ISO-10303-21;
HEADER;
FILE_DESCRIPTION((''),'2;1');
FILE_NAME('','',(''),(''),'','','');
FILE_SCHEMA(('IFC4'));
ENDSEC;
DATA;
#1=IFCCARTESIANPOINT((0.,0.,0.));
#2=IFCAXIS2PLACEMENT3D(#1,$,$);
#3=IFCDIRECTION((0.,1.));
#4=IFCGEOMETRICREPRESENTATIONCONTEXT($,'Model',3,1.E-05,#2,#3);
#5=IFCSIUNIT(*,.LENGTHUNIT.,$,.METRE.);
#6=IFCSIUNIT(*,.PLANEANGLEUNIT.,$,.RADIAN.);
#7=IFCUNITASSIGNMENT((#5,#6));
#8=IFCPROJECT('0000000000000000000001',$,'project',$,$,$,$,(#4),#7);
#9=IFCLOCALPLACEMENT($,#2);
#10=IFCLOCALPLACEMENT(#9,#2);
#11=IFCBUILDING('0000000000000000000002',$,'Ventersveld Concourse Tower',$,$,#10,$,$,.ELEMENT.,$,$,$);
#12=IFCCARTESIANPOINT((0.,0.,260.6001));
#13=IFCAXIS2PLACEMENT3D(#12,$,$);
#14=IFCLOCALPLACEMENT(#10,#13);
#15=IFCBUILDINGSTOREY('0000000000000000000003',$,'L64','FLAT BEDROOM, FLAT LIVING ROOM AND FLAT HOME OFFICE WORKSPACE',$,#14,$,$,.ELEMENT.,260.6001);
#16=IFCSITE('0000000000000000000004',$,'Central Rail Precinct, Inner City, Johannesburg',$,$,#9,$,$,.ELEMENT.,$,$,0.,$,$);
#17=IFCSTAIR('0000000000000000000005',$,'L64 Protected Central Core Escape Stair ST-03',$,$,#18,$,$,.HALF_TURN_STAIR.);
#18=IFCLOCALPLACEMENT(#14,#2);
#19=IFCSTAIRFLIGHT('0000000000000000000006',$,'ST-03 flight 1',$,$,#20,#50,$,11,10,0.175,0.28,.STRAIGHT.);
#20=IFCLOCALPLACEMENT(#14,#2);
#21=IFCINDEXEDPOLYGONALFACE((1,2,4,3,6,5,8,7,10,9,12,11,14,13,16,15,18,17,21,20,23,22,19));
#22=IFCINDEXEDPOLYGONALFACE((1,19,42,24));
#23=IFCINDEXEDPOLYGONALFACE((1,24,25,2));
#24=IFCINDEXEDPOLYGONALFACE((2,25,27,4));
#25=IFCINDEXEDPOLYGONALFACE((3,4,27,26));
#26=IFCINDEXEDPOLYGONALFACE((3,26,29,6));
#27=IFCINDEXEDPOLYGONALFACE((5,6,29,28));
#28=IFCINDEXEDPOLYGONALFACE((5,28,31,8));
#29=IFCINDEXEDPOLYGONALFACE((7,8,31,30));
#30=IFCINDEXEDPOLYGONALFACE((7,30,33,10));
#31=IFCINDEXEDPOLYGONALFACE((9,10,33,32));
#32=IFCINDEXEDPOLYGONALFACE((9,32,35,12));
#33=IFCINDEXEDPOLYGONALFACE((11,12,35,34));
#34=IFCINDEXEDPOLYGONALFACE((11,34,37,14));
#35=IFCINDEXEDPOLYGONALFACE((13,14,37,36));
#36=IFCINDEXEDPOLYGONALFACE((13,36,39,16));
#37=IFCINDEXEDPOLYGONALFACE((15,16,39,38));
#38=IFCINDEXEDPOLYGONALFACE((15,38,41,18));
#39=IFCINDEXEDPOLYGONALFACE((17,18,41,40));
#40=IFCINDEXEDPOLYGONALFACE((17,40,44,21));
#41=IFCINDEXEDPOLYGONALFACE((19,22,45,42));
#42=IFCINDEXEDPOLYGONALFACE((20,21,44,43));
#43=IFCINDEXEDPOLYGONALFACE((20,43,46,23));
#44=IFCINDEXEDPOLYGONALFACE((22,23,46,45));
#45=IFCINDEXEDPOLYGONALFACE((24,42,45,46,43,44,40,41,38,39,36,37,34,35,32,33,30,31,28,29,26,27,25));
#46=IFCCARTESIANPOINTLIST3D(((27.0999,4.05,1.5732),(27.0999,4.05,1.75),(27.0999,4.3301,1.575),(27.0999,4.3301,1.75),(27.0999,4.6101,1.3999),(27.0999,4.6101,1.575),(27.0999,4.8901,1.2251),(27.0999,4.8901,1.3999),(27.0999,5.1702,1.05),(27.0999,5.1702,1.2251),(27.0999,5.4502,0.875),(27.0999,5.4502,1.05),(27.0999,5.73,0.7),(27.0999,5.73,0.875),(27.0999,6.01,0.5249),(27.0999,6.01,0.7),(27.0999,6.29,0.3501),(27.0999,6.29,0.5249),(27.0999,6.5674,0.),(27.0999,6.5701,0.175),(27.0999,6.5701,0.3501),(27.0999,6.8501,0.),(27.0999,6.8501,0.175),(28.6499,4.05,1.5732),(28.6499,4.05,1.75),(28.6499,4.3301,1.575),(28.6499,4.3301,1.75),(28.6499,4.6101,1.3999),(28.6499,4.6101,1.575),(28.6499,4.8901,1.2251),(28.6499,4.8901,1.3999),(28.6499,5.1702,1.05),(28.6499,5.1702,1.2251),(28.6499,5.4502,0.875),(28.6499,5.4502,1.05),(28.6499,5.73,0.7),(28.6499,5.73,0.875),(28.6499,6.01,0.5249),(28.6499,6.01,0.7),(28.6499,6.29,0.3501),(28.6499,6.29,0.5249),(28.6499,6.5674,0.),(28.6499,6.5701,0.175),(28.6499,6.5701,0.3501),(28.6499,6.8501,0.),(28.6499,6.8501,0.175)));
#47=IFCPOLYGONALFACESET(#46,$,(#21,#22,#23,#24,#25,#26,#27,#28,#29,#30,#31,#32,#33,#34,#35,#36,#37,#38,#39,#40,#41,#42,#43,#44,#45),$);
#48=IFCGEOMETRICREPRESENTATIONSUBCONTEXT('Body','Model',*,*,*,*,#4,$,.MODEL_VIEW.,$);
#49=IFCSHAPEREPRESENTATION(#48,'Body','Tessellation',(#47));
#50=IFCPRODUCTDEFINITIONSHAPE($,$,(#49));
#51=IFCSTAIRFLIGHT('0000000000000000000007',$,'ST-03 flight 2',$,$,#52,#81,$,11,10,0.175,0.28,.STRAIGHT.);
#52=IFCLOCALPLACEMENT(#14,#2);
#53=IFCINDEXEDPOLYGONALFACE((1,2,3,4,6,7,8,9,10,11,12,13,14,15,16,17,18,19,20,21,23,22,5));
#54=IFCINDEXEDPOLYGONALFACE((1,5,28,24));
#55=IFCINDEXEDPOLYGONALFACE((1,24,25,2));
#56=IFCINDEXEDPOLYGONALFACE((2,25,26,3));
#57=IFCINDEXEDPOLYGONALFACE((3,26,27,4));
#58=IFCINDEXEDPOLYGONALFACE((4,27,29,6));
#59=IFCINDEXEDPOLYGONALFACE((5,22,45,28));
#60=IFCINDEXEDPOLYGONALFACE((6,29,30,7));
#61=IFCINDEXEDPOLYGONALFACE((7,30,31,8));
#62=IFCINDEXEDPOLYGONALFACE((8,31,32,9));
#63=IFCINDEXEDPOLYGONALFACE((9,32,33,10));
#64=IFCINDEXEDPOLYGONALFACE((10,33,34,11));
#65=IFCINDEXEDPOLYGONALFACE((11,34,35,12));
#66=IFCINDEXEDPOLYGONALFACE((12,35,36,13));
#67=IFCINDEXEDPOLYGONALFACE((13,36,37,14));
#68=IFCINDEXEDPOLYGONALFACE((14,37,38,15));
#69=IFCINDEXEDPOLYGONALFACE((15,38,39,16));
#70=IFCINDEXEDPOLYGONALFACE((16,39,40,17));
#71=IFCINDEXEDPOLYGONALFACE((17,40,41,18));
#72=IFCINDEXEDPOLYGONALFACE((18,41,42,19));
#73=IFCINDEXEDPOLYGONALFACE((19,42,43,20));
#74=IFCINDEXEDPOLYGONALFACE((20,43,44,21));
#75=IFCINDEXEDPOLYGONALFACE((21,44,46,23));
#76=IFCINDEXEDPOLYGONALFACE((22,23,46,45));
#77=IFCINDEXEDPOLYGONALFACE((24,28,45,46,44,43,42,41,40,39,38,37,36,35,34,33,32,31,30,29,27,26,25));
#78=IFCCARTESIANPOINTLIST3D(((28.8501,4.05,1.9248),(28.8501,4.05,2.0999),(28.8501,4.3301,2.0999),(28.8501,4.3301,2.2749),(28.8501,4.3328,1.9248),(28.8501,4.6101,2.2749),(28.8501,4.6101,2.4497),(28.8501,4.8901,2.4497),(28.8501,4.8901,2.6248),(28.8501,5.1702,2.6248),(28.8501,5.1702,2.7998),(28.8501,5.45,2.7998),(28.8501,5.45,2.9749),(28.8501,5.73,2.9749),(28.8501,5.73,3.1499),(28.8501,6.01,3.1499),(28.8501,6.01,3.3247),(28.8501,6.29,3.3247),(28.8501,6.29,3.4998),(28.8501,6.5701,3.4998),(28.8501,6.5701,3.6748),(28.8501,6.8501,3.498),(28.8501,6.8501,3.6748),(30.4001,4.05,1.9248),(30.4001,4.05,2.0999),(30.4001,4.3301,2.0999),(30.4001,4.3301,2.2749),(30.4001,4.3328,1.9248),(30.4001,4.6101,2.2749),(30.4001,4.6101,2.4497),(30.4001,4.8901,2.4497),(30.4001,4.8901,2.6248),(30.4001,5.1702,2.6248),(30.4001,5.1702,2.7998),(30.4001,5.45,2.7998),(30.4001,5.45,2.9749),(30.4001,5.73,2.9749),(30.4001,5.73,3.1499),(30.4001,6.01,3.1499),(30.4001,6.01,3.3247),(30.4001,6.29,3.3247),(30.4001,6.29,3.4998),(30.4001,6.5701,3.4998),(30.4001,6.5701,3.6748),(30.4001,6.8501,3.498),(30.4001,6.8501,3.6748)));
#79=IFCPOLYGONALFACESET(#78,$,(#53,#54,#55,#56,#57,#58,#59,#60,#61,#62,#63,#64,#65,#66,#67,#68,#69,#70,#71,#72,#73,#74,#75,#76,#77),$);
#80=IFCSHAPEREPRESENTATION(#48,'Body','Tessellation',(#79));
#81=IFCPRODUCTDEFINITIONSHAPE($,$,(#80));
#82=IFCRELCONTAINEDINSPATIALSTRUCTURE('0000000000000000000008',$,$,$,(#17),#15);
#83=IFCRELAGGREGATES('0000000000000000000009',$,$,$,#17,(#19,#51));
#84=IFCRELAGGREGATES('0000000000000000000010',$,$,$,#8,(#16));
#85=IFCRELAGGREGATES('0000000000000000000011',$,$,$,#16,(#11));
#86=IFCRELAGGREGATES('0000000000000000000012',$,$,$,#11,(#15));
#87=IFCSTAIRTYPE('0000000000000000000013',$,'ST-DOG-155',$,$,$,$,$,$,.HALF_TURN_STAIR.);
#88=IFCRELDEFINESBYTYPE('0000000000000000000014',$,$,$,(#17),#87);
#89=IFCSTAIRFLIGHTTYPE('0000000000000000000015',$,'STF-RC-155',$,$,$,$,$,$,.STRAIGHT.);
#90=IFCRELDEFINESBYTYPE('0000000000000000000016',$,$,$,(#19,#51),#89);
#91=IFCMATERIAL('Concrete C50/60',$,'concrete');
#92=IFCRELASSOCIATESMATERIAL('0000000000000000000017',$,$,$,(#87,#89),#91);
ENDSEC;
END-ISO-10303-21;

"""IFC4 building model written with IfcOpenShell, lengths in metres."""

from ifc_helpers import new_model, si_unit, direction, frame, origin, place, context, subcontext, project, spatial, polyline, outline, extrude, material, type_object, element, aggregate, save


model = new_model("IFC4")

# Units and contexts
model_context = context("Model", 3, precision=1e-05, world=origin(), true_north=direction((0.0, 1.0)))
body_context = subcontext(model_context, "Body", "Model", "MODEL_VIEW")
ifc_project = project(units=[si_unit("LENGTHUNIT", "METRE"), si_unit("PLANEANGLEUNIT", "RADIAN")], contexts=[model_context])

# Site, building, storey
site_placement = place(None, origin())
site = spatial("IfcSite", under=ifc_project, at=site_placement, Name="Central Rail Precinct, Inner City, Johannesburg", CompositionType="ELEMENT", RefElevation=0.0)
building_placement = place(site_placement, origin())
building = spatial("IfcBuilding", under=site, at=building_placement, Name="Ventersveld Concourse Tower", CompositionType="ELEMENT")
storey_placement = place(building_placement, frame((0.0, 0.0, 260.6001)))
storey = spatial("IfcBuildingStorey", under=building, at=storey_placement, Name="L64", Description="FLAT BEDROOM, FLAT LIVING ROOM AND FLAT HOME OFFICE WORKSPACE", CompositionType="ELEMENT", Elevation=260.6001)

# Shared definitions
ifc_material_1 = material(Name="Concrete C50/60", Category="concrete")

# Stair, stair flights
stair_type = type_object("IfcStairType", Name="ST-DOG-155", PredefinedType="HALF_TURN_STAIR", material=ifc_material_1)
stair_placement = place(storey_placement, origin())
stair = element("IfcStair", 1, at=stair_placement, inside=storey, type_object=stair_type, Name="L64 Protected Central Core Escape Stair ST-03", PredefinedType="HALF_TURN_STAIR")
stair_flight_type = type_object("IfcStairFlightType", Name="STF-RC-155", PredefinedType="STRAIGHT", material=ifc_material_1)
stair_flight_1_placement = place(storey_placement, frame((27.875, 6.8501, 0.0), z_axis=(0.0, 0.0, 1.0), x_axis=(0.0, -1.0, 0.0)))
stair_flight_1 = element("IfcStairFlight", 2, at=stair_flight_1_placement, type_object=stair_flight_type, Name="ST-03 flight 1", NumberOfRisers=11, NumberOfTreads=10, PredefinedType="STRAIGHT", RiserHeight=0.175, TreadLength=0.28, context=body_context, shape_type="SweptSolid", body=[
    extrude(outline(polyline([(0.0, 0.0), (0.0, 0.175), (0.28, 0.175), (0.28, 0.3501), (0.5601, 0.3501), (0.5601, 0.5249), (0.8401, 0.5249), (0.8401, 0.7), (1.1201, 0.7), (1.1201, 0.875), (1.3999, 0.875), (1.3999, 1.05), (1.6799, 1.05), (1.6799, 1.2251), (1.96, 1.2251), (1.96, 1.3999), (2.24, 1.3999), (2.24, 1.575), (2.52, 1.575), (2.52, 1.75), (2.8, 1.75), (2.8, 1.925), (2.8, 1.5732), (0.2827, 0.0), (0.0, 0.0)])), frame((0.0, 0.7749, 0.0), z_axis=(0.0, -1.0, 0.0), x_axis=(1.0, 0.0, 0.0)), (0.0, 0.0, 1.0), 1.55),
])
stair_flight_2_placement = place(storey_placement, frame((29.625, 4.05, 1.9248), z_axis=(0.0, 0.0, 1.0), x_axis=(0.0, 1.0, 0.0)))
stair_flight_2 = element("IfcStairFlight", 3, at=stair_flight_2_placement, type_object=stair_flight_type, Name="ST-03 flight 2", NumberOfRisers=11, NumberOfTreads=10, PredefinedType="STRAIGHT", RiserHeight=0.175, TreadLength=0.28, context=body_context, shape_type="SweptSolid", body=[
    extrude(outline(polyline([(0.0, 0.0), (0.0, 0.175), (0.28, 0.175), (0.28, 0.3501), (0.5601, 0.3501), (0.5601, 0.5249), (0.8401, 0.5249), (0.8401, 0.7), (1.1201, 0.7), (1.1201, 0.875), (1.3999, 0.875), (1.3999, 1.05), (1.6799, 1.05), (1.6799, 1.2251), (1.96, 1.2251), (1.96, 1.3999), (2.24, 1.3999), (2.24, 1.575), (2.52, 1.575), (2.52, 1.75), (2.8, 1.75), (2.8, 1.925), (2.8, 1.5732), (0.2827, 0.0), (0.0, 0.0)])), frame((0.0, 0.7749, 0.0), z_axis=(0.0, -1.0, 0.0), x_axis=(1.0, 0.0, 0.0)), (0.0, 0.0, 1.0), 1.55),
])
aggregate(stair, [stair_flight_1, stair_flight_2])

save(model, "model.ifc")
